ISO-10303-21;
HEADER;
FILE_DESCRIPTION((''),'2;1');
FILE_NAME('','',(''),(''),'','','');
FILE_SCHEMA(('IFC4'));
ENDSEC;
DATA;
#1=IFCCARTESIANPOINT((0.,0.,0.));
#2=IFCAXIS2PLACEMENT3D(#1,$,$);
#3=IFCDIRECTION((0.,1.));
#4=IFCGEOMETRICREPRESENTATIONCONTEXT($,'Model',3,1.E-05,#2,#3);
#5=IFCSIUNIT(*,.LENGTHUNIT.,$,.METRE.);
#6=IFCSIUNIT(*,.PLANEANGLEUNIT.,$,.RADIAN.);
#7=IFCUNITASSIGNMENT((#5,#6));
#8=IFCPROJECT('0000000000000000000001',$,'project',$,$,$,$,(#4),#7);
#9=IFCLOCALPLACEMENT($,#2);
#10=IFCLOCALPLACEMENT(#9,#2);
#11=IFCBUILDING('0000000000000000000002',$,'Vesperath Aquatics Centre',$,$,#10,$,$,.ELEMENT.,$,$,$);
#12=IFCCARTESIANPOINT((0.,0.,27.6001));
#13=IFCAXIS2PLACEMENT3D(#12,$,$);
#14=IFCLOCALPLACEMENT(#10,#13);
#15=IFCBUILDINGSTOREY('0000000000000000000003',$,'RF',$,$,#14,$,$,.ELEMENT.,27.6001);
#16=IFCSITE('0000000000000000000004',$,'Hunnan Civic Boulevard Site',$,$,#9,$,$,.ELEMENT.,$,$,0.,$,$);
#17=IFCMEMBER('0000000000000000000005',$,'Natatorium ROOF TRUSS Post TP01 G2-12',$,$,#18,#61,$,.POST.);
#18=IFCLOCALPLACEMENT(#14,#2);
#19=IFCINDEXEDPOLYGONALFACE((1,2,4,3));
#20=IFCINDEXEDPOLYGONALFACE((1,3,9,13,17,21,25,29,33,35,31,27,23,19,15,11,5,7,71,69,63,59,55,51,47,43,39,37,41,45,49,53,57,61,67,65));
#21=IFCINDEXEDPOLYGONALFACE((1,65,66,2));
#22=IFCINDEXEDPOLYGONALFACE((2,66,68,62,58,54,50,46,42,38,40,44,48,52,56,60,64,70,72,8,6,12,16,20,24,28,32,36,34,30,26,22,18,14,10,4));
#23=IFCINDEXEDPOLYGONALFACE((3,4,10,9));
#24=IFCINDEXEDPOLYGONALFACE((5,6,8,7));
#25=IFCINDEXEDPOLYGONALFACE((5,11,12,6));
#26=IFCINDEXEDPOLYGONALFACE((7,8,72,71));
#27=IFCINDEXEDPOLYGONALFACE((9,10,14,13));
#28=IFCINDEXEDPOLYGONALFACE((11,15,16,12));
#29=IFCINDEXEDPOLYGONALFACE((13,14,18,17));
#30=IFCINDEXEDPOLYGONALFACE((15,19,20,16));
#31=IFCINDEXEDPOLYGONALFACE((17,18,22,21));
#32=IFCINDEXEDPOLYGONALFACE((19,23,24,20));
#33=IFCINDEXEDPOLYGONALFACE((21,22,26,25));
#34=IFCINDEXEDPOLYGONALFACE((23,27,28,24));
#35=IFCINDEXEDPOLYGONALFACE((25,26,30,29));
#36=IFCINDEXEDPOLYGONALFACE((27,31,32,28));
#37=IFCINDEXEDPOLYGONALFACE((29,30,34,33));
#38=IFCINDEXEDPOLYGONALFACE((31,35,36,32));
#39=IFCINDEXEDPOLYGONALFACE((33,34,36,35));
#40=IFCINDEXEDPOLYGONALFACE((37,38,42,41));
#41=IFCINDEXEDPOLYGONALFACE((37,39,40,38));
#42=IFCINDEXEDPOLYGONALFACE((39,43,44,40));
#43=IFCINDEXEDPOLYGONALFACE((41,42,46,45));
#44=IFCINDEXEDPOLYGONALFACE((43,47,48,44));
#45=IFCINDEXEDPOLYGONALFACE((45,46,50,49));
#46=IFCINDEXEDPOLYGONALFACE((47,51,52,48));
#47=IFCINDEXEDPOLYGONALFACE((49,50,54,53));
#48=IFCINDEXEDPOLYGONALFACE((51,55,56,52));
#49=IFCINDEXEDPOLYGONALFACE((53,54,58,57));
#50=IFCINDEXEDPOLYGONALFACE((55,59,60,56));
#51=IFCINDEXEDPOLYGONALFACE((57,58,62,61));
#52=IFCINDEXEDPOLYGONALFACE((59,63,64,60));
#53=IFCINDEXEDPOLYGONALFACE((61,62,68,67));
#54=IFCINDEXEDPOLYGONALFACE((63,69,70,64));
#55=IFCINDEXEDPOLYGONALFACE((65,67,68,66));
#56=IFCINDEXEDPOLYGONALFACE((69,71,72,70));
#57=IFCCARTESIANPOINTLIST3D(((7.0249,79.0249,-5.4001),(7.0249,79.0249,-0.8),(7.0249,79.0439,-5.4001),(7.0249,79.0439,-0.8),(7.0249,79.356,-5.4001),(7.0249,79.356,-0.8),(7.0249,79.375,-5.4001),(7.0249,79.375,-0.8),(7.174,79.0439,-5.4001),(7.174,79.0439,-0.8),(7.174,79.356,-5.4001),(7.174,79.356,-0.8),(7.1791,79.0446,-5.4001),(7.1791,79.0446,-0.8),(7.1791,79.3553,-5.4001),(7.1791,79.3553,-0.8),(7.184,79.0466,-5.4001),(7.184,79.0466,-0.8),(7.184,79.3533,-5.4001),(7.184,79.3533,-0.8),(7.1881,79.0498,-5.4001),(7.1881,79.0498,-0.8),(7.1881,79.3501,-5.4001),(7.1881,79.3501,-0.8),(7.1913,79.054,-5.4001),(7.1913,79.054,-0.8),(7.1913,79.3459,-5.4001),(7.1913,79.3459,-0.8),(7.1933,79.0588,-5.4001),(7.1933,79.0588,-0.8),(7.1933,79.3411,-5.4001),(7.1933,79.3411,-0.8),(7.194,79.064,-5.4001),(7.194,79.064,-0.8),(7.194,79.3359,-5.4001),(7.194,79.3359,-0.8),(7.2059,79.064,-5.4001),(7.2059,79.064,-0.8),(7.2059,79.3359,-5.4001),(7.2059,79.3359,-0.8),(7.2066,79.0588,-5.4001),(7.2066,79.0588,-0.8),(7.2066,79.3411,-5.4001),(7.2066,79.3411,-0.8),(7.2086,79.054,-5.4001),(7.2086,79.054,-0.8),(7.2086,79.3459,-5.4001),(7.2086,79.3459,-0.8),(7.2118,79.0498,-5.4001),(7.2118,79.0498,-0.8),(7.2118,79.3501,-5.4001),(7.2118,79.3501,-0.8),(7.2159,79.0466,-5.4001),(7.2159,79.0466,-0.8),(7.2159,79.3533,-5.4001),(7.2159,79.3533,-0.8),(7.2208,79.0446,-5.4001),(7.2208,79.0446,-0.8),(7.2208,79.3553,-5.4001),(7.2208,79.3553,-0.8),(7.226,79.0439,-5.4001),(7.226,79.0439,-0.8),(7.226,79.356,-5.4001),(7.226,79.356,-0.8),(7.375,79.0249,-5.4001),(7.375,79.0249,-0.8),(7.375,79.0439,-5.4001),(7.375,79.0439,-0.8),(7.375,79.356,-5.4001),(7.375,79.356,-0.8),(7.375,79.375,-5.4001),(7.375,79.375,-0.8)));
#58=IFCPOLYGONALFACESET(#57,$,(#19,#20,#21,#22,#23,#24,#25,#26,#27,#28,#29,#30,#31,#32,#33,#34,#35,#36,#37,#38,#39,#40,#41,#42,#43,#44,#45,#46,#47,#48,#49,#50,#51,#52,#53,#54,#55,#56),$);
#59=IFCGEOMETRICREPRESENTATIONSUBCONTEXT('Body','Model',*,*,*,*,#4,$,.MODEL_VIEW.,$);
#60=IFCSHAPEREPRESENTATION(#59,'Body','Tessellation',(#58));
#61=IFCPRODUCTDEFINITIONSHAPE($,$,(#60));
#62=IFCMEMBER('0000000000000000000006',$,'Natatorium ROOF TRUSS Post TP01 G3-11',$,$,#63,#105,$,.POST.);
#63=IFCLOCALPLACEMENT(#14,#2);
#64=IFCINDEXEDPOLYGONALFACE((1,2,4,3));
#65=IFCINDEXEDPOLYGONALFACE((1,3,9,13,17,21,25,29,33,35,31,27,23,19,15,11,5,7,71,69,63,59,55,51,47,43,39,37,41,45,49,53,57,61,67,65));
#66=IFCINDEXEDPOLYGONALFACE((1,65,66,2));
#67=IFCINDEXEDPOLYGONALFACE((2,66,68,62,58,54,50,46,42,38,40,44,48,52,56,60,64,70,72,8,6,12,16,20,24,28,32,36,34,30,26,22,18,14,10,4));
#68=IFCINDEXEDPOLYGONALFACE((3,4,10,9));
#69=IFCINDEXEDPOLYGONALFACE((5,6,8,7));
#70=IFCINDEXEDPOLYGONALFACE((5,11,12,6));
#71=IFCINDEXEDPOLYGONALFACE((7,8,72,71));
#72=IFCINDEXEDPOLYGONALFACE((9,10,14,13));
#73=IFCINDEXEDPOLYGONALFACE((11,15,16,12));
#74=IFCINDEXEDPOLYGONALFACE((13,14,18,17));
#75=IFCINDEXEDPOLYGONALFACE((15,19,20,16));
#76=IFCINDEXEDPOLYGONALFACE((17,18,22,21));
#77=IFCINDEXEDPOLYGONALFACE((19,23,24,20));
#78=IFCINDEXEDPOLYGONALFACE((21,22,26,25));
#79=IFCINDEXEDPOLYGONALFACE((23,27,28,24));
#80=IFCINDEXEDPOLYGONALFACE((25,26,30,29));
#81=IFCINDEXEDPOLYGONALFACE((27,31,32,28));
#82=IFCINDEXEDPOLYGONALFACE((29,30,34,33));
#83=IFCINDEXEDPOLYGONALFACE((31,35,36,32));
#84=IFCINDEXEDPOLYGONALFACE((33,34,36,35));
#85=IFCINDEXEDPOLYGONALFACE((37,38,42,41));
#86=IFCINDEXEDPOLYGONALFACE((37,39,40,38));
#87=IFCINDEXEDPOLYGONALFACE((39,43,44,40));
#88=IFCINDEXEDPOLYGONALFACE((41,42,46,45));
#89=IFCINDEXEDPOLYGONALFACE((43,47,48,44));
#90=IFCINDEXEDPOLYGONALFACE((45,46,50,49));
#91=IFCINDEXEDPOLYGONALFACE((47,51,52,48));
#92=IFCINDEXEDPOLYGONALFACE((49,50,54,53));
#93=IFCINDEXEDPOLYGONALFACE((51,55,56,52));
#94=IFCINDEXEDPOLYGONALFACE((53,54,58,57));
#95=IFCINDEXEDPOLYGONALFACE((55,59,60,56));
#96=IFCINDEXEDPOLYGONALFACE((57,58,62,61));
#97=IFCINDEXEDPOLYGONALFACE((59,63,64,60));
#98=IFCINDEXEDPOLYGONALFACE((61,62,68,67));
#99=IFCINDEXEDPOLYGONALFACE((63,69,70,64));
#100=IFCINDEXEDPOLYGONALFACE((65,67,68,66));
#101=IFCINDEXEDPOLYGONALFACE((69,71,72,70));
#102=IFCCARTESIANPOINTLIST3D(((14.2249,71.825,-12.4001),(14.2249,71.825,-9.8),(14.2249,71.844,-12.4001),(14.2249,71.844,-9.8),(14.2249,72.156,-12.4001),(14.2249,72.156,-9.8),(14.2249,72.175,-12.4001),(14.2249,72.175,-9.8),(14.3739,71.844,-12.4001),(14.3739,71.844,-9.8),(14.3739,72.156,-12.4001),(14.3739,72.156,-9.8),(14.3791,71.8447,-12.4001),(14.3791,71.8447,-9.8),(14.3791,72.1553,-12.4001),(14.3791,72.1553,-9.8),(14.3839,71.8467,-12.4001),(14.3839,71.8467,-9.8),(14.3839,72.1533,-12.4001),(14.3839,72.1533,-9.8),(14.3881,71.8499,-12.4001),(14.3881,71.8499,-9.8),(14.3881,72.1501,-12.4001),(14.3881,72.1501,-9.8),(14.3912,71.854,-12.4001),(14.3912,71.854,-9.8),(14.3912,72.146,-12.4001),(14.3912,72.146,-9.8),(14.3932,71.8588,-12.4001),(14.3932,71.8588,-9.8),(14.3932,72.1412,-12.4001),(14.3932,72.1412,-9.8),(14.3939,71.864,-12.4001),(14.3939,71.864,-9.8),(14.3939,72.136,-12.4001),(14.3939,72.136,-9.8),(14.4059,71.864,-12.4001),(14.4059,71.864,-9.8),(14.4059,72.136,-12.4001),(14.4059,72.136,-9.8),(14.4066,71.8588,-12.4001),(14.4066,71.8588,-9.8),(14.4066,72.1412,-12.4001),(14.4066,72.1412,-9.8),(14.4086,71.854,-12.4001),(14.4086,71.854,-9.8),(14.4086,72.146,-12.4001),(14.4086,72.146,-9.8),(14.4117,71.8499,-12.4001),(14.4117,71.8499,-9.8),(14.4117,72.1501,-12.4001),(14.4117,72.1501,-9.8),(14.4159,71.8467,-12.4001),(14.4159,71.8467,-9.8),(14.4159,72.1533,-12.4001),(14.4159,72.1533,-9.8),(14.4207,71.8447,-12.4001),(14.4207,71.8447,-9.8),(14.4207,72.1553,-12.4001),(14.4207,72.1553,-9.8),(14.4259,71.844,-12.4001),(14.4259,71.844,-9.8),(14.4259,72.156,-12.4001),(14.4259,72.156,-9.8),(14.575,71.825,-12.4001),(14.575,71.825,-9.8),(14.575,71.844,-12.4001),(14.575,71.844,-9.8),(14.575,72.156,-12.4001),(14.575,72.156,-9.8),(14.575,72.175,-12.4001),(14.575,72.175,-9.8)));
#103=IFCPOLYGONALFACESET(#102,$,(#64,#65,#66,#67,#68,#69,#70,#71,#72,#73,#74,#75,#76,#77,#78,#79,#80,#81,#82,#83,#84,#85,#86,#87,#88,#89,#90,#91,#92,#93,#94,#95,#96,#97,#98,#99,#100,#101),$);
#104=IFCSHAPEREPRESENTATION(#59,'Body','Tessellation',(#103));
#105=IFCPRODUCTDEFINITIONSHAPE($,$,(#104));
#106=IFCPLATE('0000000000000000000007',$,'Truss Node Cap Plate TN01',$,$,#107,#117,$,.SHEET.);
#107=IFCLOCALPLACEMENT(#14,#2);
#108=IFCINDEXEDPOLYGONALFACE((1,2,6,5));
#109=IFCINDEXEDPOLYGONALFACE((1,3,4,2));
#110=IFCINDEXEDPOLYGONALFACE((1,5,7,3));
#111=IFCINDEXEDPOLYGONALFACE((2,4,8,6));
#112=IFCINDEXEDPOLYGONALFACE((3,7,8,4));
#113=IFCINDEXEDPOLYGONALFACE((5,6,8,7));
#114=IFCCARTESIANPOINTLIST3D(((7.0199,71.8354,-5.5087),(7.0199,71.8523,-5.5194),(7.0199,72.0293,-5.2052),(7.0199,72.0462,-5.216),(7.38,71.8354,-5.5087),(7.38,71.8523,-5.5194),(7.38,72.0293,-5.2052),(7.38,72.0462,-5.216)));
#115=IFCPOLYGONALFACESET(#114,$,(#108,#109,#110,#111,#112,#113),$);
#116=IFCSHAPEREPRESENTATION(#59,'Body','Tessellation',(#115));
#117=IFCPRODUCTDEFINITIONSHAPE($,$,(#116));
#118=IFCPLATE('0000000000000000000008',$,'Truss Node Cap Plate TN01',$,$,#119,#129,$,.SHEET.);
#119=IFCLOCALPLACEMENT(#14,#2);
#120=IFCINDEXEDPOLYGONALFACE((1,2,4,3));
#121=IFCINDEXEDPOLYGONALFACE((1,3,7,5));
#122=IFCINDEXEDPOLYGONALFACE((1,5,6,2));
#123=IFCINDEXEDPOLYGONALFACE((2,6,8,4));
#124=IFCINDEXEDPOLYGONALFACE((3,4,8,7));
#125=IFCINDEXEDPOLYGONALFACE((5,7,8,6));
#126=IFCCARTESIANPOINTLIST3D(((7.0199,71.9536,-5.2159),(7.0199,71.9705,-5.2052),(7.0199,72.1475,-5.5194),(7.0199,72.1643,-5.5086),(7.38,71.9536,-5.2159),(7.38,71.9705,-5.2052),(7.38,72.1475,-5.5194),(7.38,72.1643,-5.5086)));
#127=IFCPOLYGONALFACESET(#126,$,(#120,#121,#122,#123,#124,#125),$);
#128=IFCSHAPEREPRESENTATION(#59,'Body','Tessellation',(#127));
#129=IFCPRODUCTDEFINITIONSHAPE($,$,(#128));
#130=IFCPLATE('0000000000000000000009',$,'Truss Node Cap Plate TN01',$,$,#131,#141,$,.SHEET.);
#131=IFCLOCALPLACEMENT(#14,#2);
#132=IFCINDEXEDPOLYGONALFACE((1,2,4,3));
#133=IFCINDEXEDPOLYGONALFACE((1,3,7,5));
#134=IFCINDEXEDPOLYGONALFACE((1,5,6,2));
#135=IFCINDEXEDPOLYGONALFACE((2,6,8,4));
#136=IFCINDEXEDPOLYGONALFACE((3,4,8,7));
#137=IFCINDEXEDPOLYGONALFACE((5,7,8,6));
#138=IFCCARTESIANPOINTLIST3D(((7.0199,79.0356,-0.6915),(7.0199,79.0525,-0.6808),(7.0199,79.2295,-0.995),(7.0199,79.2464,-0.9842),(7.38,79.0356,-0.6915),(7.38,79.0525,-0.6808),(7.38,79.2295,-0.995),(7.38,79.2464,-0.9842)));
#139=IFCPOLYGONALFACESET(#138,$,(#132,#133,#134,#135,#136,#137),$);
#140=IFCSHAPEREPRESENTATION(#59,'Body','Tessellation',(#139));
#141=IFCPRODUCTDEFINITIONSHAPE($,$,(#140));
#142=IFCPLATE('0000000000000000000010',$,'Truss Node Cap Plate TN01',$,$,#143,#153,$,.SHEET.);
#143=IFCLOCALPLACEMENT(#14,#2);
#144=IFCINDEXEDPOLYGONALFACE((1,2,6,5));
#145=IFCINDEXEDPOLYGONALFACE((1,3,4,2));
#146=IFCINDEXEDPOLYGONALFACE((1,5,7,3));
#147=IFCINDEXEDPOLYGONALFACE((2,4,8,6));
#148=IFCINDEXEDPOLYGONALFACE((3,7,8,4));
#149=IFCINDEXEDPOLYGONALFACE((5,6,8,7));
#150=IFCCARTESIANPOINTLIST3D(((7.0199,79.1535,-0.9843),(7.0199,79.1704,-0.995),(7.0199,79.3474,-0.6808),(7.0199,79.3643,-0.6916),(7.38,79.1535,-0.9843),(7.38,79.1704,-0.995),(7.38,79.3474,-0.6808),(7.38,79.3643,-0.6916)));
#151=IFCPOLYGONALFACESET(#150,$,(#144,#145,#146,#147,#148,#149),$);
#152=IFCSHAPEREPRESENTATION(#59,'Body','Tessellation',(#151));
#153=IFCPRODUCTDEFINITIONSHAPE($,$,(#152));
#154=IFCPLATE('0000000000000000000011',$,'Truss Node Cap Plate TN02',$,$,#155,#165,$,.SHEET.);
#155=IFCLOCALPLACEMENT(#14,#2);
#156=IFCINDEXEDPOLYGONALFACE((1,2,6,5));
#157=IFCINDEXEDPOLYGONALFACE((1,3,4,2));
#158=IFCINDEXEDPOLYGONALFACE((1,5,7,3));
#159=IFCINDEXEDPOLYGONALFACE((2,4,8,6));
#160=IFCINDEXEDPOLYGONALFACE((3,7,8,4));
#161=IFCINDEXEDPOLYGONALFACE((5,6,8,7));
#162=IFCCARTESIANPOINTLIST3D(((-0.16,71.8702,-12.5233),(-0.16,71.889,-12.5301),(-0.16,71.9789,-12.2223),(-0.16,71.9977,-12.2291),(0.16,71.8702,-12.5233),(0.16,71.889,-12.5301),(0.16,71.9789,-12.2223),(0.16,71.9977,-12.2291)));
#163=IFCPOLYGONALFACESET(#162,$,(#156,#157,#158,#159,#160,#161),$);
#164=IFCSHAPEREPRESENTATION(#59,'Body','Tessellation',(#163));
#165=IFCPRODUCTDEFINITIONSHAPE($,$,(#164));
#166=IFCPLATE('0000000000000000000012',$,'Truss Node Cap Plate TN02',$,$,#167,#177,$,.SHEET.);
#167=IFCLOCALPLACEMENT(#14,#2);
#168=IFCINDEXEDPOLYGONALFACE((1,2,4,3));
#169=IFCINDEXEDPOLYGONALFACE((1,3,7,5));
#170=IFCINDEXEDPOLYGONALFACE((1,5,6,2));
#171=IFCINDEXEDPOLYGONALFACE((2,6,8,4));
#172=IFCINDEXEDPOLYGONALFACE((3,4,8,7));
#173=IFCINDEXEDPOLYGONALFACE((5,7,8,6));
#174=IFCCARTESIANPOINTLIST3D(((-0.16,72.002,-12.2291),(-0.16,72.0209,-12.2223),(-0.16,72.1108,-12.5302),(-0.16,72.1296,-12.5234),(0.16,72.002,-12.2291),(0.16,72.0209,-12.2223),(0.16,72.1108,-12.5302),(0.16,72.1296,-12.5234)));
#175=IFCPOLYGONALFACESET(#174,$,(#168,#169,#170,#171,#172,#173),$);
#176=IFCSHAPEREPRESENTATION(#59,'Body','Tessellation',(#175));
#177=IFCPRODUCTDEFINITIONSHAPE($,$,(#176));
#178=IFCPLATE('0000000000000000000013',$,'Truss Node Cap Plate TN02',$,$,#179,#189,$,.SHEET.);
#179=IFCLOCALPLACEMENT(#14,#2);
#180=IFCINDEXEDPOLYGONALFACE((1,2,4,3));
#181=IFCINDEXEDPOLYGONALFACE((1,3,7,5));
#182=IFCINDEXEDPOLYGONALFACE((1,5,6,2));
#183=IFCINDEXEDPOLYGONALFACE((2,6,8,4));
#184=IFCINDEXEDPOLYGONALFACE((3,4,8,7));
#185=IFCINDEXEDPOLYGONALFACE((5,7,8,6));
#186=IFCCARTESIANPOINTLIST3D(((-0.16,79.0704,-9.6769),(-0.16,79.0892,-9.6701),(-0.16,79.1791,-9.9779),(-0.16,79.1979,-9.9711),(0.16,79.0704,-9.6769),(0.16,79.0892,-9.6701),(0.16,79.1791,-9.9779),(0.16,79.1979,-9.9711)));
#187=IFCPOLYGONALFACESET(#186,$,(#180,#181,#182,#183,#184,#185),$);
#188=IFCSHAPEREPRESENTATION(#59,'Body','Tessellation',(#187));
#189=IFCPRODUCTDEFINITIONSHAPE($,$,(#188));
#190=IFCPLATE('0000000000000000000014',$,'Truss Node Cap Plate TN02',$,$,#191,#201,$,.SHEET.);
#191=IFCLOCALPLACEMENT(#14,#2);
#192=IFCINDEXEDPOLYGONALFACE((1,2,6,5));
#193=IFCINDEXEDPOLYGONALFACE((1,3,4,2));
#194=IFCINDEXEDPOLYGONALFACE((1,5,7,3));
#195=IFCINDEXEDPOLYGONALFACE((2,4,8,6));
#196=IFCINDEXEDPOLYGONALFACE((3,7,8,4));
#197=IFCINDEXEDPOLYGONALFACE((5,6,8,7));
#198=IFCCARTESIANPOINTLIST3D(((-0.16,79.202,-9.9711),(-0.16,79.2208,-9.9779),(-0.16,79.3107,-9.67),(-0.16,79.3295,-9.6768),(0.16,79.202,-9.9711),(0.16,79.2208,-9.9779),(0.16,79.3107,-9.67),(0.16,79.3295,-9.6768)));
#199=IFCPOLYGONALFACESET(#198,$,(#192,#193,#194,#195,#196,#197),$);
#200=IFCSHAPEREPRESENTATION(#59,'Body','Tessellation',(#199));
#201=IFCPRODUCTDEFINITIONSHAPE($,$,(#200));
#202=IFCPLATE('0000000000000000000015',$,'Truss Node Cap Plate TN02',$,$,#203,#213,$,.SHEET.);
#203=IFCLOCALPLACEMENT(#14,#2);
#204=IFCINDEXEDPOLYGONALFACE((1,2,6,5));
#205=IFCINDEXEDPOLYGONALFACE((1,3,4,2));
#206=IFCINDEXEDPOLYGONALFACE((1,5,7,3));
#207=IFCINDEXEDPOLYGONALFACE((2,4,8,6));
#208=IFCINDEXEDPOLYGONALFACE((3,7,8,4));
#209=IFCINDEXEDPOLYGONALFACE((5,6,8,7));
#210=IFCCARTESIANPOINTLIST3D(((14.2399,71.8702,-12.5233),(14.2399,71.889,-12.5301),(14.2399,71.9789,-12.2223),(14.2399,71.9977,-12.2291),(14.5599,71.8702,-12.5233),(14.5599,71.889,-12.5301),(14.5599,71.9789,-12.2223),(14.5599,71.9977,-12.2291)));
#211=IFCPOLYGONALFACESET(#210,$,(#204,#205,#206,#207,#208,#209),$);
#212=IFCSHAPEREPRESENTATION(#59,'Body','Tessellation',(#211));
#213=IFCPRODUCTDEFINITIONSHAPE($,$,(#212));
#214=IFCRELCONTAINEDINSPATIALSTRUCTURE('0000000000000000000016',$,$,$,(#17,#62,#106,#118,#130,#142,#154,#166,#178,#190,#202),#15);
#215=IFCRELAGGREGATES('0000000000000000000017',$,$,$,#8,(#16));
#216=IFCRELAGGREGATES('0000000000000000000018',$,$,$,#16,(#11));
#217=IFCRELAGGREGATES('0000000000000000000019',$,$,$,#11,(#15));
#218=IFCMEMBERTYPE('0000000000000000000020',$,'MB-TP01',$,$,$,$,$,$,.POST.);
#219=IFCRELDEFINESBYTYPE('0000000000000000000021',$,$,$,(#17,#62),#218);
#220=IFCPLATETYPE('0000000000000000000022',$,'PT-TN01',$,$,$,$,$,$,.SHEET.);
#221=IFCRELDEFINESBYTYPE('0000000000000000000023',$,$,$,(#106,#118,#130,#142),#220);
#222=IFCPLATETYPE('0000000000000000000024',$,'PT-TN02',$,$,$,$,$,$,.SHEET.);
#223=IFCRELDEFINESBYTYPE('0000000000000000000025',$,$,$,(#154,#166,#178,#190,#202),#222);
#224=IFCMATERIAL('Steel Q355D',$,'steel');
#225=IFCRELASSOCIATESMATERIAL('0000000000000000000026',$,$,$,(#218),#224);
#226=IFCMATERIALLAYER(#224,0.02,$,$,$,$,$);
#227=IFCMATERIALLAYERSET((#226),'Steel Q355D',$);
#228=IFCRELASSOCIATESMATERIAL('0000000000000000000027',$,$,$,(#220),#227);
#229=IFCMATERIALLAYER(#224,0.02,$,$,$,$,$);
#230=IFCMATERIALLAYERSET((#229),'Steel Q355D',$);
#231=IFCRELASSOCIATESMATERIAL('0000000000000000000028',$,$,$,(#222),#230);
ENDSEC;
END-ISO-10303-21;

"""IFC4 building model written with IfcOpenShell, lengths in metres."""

from ifc_helpers import new_model, si_unit, direction, frame, origin, origin_2d, place, context, subcontext, project, spatial, rectangle, i_section, extrude, material, layer, layer_set, material_profile, profile_set, type_object, element, save


model = new_model("IFC4")

# Units and contexts
model_context = context("Model", 3, precision=1e-05, world=origin(), true_north=direction((0.0, 1.0)))
body_context = subcontext(model_context, "Body", "Model", "MODEL_VIEW")
ifc_project = project(units=[si_unit("LENGTHUNIT", "METRE"), si_unit("PLANEANGLEUNIT", "RADIAN")], contexts=[model_context])

# Site, building, storey
site_placement = place(None, origin())
site = spatial("IfcSite", under=ifc_project, at=site_placement, Name="Hunnan Civic Boulevard Site", CompositionType="ELEMENT", RefElevation=0.0)
building_placement = place(site_placement, origin())
building = spatial("IfcBuilding", under=site, at=building_placement, Name="Vesperath Aquatics Centre", CompositionType="ELEMENT")
storey_placement = place(building_placement, frame((0.0, 0.0, 27.6001)))
storey = spatial("IfcBuildingStorey", under=building, at=storey_placement, Name="RF", CompositionType="ELEMENT", Elevation=27.6001)

# Members
ifc_material_1 = material(Name="Steel Q355D", Category="steel")
ifc_material_profile_1 = material_profile(ifc_material_1, i_section(OverallWidth=0.3501, OverallDepth=0.3501, WebThickness=0.012, FlangeThickness=0.019, FilletRadius=0.02, at=origin_2d()), Name="HW 350x350x12x19")
ifc_profile_set_1 = profile_set([ifc_material_profile_1], Name="Steel Q355D")
member_type_1 = type_object("IfcMemberType", Name="MB-TP01", PredefinedType="POST", material=ifc_profile_set_1)
for number, where, z_axis, x_axis, name in (
    (1, (7.2, 79.2, -5.4001), (0.0, 0.0, 1.0), (1.0, 0.0, 0.0), "Natatorium ROOF TRUSS Post TP01 G2-12"),
):
    element("IfcMember", number, at=place(storey_placement, frame(where, z_axis=z_axis, x_axis=x_axis)), inside=storey, type_object=member_type_1, Name=name, PredefinedType="POST", context=body_context, shape_type="SweptSolid", body=[
        extrude(i_section(OverallWidth=0.3501, OverallDepth=0.3501, WebThickness=0.012, FlangeThickness=0.019, FilletRadius=0.02, at=origin_2d()), origin(), (0.0, 0.0, 1.0), 4.6001),
    ])
member_placement = place(storey_placement, frame((14.3999, 72.0, -12.4001), z_axis=(0.0, 0.0, 1.0), x_axis=(1.0, 0.0, 0.0)))
element("IfcMember", 2, at=member_placement, inside=storey, type_object=member_type_1, Name="Natatorium ROOF TRUSS Post TP01 G3-11", PredefinedType="POST", context=body_context, shape_type="SweptSolid", body=[
    extrude(i_section(OverallWidth=0.3501, OverallDepth=0.3501, WebThickness=0.012, FlangeThickness=0.019, FilletRadius=0.02, at=origin_2d()), origin(), (0.0, 0.0, 1.0), 2.6001),
])

# Plates
ifc_layer_1 = layer(ifc_material_1, 0.02)
ifc_layer_set_1 = layer_set([ifc_layer_1], Name="Steel Q355D")
plate_type_1 = type_object("IfcPlateType", Name="PT-TN01", PredefinedType="SHEET", material=ifc_layer_set_1)
for number, where, z_axis, x_axis, name in (
    (3, (7.2, 71.9324, -5.3569), (0.0, 0.842696, -0.538389), (-1.0, 0.0, 0.0), "Truss Node Cap Plate TN01"),
    (4, (7.2, 72.0505, -5.3677), (0.0, 0.842696, 0.538389), (-1.0, 0.0, 0.0), "Truss Node Cap Plate TN01"),
    (5, (7.2, 79.1326, -0.8433), (0.0, 0.842696, 0.538389), (-1.0, 0.0, 0.0), "Truss Node Cap Plate TN01"),
    (6, (7.2, 79.2505, -0.8325), (0.0, 0.842696, -0.538389), (-1.0, 0.0, 0.0), "Truss Node Cap Plate TN01"),
):
    element("IfcPlate", number, at=place(storey_placement, frame(where, z_axis=z_axis, x_axis=x_axis)), inside=storey, type_object=plate_type_1, Name=name, PredefinedType="SHEET", context=body_context, shape_type="SweptSolid", body=[
        extrude(rectangle(XDim=0.3601, YDim=0.3601, at=origin_2d()), origin(), (0.0, 0.0, 1.0), 0.02),
    ])
ifc_layer_2 = layer(ifc_material_1, 0.02)
ifc_layer_set_2 = layer_set([ifc_layer_2], Name="Steel Q355D")
plate_type_2 = type_object("IfcPlateType", Name="PT-TN02", PredefinedType="SHEET", material=ifc_layer_set_2)
for number, where, z_axis, x_axis, name in (
    (7, (0.0, 71.9246, -12.3728), (0.0, 0.940554, -0.339644), (-1.0, 0.0, 0.0), "Truss Node Cap Plate TN02"),
    (8, (0.0, 72.0564, -12.3796), (0.0, 0.940554, 0.339644), (-1.0, 0.0, 0.0), "Truss Node Cap Plate TN02"),
    (9, (0.0, 79.1248, -9.8274), (0.0, 0.940554, 0.339644), (-1.0, 0.0, 0.0), "Truss Node Cap Plate TN02"),
    (10, (0.0, 79.2563, -9.8206), (0.0, 0.940554, -0.339644), (-1.0, 0.0, 0.0), "Truss Node Cap Plate TN02"),
    (11, (14.3999, 71.9246, -12.3728), (0.0, 0.940554, -0.339644), (-1.0, 0.0, 0.0), "Truss Node Cap Plate TN02"),
):
    element("IfcPlate", number, at=place(storey_placement, frame(where, z_axis=z_axis, x_axis=x_axis)), inside=storey, type_object=plate_type_2, Name=name, PredefinedType="SHEET", context=body_context, shape_type="SweptSolid", body=[
        extrude(rectangle(XDim=0.3201, YDim=0.3201, at=origin_2d()), origin(), (0.0, 0.0, 1.0), 0.02),
    ])

save(model, "model.ifc")
